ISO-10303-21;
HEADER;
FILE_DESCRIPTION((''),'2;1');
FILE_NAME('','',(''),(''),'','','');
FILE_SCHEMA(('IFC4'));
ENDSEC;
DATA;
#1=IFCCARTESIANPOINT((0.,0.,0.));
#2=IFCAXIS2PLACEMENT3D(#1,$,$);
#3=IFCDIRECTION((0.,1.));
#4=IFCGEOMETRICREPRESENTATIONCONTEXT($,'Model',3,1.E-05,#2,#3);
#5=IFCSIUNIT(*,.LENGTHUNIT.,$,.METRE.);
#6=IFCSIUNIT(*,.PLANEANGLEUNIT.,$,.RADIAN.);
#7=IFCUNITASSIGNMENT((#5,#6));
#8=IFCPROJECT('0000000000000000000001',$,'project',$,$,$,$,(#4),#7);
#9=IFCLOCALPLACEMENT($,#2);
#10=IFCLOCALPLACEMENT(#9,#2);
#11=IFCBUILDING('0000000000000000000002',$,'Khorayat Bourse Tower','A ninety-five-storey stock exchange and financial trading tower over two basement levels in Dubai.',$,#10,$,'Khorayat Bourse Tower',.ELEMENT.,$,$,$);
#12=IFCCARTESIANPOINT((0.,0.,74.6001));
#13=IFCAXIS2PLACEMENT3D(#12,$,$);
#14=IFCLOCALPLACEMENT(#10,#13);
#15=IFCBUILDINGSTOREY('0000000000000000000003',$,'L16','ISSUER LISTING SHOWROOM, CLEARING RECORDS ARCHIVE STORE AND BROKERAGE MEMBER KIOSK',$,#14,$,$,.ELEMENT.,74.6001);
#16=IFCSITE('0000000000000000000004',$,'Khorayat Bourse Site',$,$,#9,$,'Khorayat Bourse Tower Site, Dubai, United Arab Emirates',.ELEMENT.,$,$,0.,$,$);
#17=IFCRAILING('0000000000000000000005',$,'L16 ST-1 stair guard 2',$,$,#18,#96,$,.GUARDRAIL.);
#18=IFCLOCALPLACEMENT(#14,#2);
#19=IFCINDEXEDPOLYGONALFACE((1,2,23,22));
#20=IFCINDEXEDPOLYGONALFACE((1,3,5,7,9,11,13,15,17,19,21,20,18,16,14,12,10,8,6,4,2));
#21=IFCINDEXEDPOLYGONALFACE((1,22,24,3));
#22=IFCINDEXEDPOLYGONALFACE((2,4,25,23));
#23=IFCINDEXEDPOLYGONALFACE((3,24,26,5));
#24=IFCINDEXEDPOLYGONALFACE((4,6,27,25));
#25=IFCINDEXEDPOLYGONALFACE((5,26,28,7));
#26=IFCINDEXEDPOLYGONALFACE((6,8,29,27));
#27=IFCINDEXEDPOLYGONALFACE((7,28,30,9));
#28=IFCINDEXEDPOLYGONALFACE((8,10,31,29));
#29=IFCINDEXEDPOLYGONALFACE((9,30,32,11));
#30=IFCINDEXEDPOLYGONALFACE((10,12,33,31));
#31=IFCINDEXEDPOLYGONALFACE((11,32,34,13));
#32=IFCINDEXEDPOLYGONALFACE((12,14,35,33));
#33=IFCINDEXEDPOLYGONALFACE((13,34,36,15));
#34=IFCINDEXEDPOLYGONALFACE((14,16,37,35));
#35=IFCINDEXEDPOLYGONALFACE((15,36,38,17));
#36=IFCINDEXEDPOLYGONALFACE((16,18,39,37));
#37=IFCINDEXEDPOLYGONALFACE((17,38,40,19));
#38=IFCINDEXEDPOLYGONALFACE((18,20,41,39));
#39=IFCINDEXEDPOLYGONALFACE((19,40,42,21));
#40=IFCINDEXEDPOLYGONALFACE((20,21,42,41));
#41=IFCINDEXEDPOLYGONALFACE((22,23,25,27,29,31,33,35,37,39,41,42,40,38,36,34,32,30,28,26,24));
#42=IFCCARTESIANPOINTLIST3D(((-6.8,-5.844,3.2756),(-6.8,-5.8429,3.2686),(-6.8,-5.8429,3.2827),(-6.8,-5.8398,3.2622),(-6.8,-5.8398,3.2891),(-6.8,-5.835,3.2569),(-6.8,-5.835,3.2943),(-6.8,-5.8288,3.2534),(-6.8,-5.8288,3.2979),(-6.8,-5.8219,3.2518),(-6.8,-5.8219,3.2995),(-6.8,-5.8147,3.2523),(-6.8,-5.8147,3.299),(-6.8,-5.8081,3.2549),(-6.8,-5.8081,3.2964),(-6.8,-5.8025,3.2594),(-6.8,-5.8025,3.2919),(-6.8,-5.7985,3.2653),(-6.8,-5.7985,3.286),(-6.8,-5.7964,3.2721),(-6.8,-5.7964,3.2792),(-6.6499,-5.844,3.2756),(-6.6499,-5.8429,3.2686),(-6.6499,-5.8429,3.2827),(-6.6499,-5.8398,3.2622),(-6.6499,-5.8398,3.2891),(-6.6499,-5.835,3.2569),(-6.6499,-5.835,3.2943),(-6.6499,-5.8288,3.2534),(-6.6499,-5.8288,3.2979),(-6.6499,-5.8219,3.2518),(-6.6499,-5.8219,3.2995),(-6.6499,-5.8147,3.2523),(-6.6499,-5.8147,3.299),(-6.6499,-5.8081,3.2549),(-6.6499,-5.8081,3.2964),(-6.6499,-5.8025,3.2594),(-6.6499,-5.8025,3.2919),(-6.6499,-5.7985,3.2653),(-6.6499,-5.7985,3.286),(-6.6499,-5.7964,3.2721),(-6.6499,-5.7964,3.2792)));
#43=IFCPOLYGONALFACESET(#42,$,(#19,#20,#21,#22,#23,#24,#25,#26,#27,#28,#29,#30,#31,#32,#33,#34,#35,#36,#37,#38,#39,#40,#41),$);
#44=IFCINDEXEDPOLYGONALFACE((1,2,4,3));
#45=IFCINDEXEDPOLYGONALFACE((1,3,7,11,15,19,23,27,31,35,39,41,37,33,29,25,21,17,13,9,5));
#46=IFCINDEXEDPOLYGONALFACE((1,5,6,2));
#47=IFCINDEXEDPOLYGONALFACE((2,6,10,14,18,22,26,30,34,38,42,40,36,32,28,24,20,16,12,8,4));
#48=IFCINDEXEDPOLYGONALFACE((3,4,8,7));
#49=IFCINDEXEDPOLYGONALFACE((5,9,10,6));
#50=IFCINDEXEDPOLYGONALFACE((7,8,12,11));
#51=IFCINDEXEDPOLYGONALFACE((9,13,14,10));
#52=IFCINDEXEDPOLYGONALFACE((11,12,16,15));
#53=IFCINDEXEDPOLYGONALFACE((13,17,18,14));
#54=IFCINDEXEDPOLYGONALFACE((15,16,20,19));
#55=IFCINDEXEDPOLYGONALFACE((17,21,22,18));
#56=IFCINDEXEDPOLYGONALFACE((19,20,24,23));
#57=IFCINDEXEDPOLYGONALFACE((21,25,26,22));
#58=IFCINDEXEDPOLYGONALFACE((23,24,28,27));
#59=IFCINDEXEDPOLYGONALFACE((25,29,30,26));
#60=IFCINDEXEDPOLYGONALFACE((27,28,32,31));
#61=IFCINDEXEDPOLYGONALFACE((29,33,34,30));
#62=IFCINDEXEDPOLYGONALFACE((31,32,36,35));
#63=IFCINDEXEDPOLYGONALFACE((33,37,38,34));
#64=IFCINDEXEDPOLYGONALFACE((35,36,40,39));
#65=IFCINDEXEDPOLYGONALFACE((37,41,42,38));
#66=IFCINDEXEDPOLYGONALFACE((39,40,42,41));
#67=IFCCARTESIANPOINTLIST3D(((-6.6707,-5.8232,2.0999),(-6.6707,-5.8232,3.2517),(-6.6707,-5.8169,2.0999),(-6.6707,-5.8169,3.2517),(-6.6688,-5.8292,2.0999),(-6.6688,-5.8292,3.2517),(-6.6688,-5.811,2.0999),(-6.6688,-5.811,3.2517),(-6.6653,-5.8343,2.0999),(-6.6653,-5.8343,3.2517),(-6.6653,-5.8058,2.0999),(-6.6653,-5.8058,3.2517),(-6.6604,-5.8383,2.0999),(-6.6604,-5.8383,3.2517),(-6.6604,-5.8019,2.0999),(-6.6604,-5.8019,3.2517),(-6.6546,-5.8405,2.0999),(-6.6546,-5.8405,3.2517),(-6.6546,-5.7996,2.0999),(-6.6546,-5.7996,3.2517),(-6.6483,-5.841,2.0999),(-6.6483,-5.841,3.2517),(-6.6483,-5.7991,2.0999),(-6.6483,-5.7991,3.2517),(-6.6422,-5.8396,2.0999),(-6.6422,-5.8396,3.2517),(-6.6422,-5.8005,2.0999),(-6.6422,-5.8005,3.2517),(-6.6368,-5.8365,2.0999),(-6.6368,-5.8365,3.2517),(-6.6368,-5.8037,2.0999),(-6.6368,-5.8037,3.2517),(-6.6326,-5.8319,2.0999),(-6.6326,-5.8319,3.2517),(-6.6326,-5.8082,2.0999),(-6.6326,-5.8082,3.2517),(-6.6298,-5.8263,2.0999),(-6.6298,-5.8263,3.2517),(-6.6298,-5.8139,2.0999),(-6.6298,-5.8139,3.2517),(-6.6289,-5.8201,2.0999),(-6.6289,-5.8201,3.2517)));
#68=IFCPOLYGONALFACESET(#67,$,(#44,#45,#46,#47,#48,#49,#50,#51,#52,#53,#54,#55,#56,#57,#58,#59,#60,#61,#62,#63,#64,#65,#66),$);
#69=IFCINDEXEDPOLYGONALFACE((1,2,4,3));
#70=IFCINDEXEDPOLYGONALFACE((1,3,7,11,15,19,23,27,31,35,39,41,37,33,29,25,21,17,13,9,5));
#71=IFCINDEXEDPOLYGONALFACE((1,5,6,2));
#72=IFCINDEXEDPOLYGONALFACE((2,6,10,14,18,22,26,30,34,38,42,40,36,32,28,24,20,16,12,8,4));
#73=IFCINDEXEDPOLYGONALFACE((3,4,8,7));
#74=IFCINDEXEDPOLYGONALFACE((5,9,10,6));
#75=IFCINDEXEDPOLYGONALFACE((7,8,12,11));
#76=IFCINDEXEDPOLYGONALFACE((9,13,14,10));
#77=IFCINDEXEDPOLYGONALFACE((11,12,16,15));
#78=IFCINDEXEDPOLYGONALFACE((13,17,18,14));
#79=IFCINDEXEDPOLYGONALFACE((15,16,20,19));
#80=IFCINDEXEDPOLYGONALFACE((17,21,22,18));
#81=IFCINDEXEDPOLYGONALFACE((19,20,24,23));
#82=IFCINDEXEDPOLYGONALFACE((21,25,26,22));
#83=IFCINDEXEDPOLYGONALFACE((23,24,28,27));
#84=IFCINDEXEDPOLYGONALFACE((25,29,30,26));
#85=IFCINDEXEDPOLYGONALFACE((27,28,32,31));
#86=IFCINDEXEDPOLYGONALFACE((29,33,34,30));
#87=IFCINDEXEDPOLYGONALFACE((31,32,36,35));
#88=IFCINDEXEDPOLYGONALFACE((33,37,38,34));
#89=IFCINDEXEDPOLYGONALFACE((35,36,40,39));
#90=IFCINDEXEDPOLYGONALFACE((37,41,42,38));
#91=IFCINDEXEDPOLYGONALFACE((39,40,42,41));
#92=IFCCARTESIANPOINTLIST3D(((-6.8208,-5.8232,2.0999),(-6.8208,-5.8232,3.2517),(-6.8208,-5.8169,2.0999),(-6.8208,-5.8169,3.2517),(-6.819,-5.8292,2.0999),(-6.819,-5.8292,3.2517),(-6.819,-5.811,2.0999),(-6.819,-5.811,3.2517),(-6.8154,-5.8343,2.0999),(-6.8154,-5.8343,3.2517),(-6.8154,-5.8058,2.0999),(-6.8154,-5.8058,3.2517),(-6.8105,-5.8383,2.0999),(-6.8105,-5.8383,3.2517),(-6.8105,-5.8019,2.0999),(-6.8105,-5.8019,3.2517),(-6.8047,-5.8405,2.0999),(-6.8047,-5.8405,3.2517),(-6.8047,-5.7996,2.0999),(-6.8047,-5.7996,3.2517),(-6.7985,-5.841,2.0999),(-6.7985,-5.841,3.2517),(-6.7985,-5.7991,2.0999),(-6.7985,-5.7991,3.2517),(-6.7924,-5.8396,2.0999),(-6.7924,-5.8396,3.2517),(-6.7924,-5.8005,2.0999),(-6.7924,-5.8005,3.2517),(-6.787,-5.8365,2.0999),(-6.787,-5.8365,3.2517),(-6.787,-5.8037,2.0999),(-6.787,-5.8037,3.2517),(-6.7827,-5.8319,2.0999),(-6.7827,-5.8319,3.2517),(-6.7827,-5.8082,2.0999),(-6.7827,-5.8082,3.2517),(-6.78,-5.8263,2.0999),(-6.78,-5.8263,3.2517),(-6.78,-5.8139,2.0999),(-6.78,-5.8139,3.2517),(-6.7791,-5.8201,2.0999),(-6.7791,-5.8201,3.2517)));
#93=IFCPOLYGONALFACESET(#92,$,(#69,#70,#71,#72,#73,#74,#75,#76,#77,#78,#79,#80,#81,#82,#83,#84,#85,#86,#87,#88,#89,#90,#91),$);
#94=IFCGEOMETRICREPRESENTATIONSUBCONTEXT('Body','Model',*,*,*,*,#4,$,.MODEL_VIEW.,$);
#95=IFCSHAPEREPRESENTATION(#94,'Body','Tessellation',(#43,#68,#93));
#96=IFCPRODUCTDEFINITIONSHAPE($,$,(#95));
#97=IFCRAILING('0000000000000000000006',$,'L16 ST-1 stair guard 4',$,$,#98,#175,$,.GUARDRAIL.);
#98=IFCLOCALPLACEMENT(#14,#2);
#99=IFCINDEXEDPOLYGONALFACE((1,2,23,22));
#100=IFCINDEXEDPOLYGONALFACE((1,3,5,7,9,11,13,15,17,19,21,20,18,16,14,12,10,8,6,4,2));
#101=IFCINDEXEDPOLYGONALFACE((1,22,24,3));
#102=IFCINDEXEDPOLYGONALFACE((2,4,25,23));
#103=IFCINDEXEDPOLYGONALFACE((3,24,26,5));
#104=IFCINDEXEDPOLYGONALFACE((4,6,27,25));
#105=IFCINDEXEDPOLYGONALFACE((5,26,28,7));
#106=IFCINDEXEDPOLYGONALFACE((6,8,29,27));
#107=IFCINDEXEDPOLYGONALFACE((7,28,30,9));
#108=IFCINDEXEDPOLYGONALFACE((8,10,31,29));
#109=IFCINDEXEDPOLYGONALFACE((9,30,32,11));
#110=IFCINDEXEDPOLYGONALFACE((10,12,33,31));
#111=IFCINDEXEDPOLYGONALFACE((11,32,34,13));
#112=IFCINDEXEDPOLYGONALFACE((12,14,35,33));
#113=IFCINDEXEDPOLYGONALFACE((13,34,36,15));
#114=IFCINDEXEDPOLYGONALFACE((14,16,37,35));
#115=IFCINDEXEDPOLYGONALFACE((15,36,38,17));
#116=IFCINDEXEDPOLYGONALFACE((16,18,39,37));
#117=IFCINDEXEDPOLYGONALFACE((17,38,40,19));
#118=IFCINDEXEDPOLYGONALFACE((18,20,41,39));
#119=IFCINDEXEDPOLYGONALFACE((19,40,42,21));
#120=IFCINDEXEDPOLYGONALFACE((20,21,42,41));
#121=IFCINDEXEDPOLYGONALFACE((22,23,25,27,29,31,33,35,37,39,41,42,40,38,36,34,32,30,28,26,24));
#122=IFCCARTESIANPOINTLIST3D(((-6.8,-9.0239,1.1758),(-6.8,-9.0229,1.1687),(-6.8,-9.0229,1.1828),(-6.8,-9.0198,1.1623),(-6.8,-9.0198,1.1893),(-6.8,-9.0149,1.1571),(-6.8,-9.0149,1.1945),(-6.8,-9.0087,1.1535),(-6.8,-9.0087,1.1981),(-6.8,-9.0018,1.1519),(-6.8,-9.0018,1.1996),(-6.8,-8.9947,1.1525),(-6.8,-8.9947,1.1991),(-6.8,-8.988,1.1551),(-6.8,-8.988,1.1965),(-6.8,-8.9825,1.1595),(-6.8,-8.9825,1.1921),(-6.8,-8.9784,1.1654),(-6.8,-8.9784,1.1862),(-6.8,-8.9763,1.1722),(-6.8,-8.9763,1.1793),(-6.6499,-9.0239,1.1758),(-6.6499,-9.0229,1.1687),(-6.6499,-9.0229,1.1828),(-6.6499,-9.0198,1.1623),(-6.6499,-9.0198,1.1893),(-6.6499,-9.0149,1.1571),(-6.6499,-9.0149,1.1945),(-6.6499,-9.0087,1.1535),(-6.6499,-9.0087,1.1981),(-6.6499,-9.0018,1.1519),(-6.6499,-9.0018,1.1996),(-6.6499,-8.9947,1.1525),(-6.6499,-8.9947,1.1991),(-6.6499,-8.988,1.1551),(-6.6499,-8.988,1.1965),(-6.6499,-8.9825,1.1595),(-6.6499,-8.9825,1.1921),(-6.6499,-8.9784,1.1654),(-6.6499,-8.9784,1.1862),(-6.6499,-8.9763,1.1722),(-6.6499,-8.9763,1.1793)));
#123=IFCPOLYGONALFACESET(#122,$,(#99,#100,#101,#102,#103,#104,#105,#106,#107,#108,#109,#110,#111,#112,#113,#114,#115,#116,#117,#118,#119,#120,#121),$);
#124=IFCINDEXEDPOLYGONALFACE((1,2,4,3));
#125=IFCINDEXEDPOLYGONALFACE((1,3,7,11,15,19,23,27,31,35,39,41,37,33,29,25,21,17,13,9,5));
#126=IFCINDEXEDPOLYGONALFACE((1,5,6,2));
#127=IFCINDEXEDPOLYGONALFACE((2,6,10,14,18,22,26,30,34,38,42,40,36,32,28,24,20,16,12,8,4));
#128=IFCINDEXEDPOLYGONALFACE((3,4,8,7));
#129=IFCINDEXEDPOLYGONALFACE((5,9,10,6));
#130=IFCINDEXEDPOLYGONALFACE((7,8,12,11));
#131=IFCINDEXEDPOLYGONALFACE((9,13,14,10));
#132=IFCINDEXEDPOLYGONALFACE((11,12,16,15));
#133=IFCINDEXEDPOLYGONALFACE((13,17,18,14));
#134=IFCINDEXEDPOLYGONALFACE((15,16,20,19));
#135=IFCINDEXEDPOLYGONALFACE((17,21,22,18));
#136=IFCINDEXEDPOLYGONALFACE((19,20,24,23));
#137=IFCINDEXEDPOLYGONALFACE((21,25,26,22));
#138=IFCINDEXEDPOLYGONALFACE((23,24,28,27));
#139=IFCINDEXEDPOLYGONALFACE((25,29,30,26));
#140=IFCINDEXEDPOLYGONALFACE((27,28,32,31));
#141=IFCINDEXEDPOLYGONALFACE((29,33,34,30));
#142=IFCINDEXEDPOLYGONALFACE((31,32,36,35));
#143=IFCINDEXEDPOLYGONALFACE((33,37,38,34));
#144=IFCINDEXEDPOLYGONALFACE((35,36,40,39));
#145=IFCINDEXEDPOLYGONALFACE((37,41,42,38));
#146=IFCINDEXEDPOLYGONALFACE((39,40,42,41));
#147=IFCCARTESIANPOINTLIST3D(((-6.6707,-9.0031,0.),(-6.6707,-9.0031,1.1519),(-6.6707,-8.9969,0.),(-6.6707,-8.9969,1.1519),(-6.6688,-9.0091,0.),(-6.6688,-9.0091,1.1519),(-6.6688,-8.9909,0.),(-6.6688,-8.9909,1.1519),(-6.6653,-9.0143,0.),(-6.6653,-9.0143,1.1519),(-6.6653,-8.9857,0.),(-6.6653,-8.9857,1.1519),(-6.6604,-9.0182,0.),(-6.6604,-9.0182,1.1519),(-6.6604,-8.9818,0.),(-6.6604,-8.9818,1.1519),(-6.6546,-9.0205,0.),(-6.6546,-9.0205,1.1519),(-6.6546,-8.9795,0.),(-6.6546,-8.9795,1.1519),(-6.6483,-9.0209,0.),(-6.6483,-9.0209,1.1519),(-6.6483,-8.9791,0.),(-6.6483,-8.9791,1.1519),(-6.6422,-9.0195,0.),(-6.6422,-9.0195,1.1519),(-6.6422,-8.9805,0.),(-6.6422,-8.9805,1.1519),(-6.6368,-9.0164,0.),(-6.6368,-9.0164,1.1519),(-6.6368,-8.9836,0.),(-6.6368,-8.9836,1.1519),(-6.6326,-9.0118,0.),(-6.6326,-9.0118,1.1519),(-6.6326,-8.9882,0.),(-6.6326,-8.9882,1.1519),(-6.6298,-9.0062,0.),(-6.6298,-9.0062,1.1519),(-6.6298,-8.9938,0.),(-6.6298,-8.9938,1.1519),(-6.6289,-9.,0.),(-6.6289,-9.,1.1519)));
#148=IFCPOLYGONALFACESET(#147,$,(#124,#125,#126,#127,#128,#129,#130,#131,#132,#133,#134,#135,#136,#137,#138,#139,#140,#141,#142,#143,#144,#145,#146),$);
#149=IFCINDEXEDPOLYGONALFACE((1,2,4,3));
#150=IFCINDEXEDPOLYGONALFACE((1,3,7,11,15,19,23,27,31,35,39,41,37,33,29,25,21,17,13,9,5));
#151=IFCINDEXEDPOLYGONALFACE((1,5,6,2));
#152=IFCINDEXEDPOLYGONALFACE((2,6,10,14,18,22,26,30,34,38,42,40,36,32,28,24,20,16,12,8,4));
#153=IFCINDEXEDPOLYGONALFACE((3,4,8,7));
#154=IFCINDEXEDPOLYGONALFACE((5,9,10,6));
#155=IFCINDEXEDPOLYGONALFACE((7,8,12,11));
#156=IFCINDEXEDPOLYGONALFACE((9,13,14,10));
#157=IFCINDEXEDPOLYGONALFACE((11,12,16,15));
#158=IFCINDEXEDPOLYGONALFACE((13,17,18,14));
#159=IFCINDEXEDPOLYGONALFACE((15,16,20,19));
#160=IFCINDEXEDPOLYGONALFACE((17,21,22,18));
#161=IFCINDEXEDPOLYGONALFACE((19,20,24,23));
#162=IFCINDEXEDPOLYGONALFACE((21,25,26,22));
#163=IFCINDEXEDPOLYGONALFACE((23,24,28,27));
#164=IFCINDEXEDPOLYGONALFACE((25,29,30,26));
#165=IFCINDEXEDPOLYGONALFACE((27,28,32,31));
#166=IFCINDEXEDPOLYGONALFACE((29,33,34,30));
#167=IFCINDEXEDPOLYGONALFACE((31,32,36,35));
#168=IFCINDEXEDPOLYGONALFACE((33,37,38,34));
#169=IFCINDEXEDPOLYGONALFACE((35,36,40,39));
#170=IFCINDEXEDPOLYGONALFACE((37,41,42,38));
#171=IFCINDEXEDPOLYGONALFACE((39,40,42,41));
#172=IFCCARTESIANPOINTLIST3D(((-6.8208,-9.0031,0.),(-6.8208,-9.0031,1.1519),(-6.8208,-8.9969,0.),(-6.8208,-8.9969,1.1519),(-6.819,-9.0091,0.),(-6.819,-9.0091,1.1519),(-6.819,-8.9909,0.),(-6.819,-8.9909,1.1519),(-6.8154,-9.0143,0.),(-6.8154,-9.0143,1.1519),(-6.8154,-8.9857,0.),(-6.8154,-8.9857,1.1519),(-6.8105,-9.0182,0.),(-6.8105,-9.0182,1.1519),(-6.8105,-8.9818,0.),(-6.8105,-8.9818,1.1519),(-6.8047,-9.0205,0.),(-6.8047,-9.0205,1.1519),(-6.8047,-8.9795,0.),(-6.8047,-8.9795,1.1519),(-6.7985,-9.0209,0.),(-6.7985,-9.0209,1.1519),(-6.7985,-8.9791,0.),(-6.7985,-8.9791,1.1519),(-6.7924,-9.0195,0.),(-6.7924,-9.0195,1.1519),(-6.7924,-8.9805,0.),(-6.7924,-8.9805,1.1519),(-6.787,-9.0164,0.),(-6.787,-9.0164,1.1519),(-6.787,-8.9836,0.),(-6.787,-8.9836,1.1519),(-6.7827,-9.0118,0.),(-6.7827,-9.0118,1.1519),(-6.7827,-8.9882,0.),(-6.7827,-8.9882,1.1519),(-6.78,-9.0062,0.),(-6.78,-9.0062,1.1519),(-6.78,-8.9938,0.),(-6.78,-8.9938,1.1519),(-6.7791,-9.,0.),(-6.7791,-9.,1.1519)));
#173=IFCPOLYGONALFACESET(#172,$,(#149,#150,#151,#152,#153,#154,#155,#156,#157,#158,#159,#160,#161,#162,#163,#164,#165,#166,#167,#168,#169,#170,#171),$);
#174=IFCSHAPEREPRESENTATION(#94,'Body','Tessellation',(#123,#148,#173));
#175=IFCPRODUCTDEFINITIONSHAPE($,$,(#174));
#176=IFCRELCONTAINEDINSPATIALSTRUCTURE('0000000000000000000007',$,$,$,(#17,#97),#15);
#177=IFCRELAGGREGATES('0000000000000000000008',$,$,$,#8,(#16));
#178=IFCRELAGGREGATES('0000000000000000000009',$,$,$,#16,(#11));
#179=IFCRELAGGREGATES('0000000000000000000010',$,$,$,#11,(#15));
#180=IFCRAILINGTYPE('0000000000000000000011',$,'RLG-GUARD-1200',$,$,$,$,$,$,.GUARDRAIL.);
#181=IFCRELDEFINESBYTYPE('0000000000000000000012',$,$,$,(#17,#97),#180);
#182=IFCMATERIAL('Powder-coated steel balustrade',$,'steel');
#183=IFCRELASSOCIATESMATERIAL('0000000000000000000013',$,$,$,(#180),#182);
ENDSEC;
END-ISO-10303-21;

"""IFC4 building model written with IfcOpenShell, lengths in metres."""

from ifc_helpers import new_model, si_unit, direction, frame, origin, origin_2d, place, context, subcontext, project, spatial, circle, extrude, source, transform, mapped, material, type_object, element, save


model = new_model("IFC4")

# Units and contexts
model_context = context("Model", 3, precision=1e-05, world=origin(), true_north=direction((0.0, 1.0)))
body_context = subcontext(model_context, "Body", "Model", "MODEL_VIEW")
ifc_project = project(units=[si_unit("LENGTHUNIT", "METRE"), si_unit("PLANEANGLEUNIT", "RADIAN")], contexts=[model_context])

# Site, building, storey
site_placement = place(None, origin())
site = spatial("IfcSite", under=ifc_project, at=site_placement, Name="Khorayat Bourse Site", LongName="Khorayat Bourse Tower Site, Dubai, United Arab Emirates", CompositionType="ELEMENT", RefElevation=0.0)
building_placement = place(site_placement, origin())
building = spatial("IfcBuilding", under=site, at=building_placement, Name="Khorayat Bourse Tower", Description="A ninety-five-storey stock exchange and financial trading tower over two basement levels in Dubai.", LongName="Khorayat Bourse Tower", CompositionType="ELEMENT")
storey_placement = place(building_placement, frame((0.0, 0.0, 74.6001)))
storey = spatial("IfcBuildingStorey", under=building, at=storey_placement, Name="L16", Description="ISSUER LISTING SHOWROOM, CLEARING RECORDS ARCHIVE STORE AND BROKERAGE MEMBER KIOSK", CompositionType="ELEMENT", Elevation=74.6001)

# Railings
ifc_material_1 = material(Name="Powder-coated steel balustrade", Category="steel")
railing_type_1 = type_object("IfcRailingType", Name="RLG-GUARD-1200", PredefinedType="GUARDRAIL", material=ifc_material_1)
shared_shape_1 = source(origin(), body_context, "Body", "SweptSolid", [
    extrude(circle(Radius=0.0239, at=origin_2d()), frame((0.0, 0.0, 1.1758), z_axis=(-1.0, 0.0, 0.0), x_axis=(0.0, -1.0, 0.0)), (0.0, 0.0, 1.0), 0.1501),
    extrude(circle(Radius=0.021, at=origin_2d()), origin(), (0.0, 0.0, 1.0), 1.1519),
    extrude(circle(Radius=0.021, at=origin_2d()), frame((-0.1501, 0.0, 0.0)), (0.0, 0.0, 1.0), 1.1519),
])
for number, where, name in (
    (1, (-6.6499, -5.8201, 2.0999), "L16 ST-1 stair guard 2"),
    (2, (-6.6499, -9.0, 0.0), "L16 ST-1 stair guard 4"),
):
    element("IfcRailing", number, at=place(storey_placement, frame(where)), inside=storey, type_object=railing_type_1, Name=name, PredefinedType="GUARDRAIL", context=body_context, shape_type="MappedRepresentation", body=[
        mapped(shared_shape_1, transform((0.0, 0.0, 0.0), scale=1.0)),
    ])

save(model, "model.ifc")
